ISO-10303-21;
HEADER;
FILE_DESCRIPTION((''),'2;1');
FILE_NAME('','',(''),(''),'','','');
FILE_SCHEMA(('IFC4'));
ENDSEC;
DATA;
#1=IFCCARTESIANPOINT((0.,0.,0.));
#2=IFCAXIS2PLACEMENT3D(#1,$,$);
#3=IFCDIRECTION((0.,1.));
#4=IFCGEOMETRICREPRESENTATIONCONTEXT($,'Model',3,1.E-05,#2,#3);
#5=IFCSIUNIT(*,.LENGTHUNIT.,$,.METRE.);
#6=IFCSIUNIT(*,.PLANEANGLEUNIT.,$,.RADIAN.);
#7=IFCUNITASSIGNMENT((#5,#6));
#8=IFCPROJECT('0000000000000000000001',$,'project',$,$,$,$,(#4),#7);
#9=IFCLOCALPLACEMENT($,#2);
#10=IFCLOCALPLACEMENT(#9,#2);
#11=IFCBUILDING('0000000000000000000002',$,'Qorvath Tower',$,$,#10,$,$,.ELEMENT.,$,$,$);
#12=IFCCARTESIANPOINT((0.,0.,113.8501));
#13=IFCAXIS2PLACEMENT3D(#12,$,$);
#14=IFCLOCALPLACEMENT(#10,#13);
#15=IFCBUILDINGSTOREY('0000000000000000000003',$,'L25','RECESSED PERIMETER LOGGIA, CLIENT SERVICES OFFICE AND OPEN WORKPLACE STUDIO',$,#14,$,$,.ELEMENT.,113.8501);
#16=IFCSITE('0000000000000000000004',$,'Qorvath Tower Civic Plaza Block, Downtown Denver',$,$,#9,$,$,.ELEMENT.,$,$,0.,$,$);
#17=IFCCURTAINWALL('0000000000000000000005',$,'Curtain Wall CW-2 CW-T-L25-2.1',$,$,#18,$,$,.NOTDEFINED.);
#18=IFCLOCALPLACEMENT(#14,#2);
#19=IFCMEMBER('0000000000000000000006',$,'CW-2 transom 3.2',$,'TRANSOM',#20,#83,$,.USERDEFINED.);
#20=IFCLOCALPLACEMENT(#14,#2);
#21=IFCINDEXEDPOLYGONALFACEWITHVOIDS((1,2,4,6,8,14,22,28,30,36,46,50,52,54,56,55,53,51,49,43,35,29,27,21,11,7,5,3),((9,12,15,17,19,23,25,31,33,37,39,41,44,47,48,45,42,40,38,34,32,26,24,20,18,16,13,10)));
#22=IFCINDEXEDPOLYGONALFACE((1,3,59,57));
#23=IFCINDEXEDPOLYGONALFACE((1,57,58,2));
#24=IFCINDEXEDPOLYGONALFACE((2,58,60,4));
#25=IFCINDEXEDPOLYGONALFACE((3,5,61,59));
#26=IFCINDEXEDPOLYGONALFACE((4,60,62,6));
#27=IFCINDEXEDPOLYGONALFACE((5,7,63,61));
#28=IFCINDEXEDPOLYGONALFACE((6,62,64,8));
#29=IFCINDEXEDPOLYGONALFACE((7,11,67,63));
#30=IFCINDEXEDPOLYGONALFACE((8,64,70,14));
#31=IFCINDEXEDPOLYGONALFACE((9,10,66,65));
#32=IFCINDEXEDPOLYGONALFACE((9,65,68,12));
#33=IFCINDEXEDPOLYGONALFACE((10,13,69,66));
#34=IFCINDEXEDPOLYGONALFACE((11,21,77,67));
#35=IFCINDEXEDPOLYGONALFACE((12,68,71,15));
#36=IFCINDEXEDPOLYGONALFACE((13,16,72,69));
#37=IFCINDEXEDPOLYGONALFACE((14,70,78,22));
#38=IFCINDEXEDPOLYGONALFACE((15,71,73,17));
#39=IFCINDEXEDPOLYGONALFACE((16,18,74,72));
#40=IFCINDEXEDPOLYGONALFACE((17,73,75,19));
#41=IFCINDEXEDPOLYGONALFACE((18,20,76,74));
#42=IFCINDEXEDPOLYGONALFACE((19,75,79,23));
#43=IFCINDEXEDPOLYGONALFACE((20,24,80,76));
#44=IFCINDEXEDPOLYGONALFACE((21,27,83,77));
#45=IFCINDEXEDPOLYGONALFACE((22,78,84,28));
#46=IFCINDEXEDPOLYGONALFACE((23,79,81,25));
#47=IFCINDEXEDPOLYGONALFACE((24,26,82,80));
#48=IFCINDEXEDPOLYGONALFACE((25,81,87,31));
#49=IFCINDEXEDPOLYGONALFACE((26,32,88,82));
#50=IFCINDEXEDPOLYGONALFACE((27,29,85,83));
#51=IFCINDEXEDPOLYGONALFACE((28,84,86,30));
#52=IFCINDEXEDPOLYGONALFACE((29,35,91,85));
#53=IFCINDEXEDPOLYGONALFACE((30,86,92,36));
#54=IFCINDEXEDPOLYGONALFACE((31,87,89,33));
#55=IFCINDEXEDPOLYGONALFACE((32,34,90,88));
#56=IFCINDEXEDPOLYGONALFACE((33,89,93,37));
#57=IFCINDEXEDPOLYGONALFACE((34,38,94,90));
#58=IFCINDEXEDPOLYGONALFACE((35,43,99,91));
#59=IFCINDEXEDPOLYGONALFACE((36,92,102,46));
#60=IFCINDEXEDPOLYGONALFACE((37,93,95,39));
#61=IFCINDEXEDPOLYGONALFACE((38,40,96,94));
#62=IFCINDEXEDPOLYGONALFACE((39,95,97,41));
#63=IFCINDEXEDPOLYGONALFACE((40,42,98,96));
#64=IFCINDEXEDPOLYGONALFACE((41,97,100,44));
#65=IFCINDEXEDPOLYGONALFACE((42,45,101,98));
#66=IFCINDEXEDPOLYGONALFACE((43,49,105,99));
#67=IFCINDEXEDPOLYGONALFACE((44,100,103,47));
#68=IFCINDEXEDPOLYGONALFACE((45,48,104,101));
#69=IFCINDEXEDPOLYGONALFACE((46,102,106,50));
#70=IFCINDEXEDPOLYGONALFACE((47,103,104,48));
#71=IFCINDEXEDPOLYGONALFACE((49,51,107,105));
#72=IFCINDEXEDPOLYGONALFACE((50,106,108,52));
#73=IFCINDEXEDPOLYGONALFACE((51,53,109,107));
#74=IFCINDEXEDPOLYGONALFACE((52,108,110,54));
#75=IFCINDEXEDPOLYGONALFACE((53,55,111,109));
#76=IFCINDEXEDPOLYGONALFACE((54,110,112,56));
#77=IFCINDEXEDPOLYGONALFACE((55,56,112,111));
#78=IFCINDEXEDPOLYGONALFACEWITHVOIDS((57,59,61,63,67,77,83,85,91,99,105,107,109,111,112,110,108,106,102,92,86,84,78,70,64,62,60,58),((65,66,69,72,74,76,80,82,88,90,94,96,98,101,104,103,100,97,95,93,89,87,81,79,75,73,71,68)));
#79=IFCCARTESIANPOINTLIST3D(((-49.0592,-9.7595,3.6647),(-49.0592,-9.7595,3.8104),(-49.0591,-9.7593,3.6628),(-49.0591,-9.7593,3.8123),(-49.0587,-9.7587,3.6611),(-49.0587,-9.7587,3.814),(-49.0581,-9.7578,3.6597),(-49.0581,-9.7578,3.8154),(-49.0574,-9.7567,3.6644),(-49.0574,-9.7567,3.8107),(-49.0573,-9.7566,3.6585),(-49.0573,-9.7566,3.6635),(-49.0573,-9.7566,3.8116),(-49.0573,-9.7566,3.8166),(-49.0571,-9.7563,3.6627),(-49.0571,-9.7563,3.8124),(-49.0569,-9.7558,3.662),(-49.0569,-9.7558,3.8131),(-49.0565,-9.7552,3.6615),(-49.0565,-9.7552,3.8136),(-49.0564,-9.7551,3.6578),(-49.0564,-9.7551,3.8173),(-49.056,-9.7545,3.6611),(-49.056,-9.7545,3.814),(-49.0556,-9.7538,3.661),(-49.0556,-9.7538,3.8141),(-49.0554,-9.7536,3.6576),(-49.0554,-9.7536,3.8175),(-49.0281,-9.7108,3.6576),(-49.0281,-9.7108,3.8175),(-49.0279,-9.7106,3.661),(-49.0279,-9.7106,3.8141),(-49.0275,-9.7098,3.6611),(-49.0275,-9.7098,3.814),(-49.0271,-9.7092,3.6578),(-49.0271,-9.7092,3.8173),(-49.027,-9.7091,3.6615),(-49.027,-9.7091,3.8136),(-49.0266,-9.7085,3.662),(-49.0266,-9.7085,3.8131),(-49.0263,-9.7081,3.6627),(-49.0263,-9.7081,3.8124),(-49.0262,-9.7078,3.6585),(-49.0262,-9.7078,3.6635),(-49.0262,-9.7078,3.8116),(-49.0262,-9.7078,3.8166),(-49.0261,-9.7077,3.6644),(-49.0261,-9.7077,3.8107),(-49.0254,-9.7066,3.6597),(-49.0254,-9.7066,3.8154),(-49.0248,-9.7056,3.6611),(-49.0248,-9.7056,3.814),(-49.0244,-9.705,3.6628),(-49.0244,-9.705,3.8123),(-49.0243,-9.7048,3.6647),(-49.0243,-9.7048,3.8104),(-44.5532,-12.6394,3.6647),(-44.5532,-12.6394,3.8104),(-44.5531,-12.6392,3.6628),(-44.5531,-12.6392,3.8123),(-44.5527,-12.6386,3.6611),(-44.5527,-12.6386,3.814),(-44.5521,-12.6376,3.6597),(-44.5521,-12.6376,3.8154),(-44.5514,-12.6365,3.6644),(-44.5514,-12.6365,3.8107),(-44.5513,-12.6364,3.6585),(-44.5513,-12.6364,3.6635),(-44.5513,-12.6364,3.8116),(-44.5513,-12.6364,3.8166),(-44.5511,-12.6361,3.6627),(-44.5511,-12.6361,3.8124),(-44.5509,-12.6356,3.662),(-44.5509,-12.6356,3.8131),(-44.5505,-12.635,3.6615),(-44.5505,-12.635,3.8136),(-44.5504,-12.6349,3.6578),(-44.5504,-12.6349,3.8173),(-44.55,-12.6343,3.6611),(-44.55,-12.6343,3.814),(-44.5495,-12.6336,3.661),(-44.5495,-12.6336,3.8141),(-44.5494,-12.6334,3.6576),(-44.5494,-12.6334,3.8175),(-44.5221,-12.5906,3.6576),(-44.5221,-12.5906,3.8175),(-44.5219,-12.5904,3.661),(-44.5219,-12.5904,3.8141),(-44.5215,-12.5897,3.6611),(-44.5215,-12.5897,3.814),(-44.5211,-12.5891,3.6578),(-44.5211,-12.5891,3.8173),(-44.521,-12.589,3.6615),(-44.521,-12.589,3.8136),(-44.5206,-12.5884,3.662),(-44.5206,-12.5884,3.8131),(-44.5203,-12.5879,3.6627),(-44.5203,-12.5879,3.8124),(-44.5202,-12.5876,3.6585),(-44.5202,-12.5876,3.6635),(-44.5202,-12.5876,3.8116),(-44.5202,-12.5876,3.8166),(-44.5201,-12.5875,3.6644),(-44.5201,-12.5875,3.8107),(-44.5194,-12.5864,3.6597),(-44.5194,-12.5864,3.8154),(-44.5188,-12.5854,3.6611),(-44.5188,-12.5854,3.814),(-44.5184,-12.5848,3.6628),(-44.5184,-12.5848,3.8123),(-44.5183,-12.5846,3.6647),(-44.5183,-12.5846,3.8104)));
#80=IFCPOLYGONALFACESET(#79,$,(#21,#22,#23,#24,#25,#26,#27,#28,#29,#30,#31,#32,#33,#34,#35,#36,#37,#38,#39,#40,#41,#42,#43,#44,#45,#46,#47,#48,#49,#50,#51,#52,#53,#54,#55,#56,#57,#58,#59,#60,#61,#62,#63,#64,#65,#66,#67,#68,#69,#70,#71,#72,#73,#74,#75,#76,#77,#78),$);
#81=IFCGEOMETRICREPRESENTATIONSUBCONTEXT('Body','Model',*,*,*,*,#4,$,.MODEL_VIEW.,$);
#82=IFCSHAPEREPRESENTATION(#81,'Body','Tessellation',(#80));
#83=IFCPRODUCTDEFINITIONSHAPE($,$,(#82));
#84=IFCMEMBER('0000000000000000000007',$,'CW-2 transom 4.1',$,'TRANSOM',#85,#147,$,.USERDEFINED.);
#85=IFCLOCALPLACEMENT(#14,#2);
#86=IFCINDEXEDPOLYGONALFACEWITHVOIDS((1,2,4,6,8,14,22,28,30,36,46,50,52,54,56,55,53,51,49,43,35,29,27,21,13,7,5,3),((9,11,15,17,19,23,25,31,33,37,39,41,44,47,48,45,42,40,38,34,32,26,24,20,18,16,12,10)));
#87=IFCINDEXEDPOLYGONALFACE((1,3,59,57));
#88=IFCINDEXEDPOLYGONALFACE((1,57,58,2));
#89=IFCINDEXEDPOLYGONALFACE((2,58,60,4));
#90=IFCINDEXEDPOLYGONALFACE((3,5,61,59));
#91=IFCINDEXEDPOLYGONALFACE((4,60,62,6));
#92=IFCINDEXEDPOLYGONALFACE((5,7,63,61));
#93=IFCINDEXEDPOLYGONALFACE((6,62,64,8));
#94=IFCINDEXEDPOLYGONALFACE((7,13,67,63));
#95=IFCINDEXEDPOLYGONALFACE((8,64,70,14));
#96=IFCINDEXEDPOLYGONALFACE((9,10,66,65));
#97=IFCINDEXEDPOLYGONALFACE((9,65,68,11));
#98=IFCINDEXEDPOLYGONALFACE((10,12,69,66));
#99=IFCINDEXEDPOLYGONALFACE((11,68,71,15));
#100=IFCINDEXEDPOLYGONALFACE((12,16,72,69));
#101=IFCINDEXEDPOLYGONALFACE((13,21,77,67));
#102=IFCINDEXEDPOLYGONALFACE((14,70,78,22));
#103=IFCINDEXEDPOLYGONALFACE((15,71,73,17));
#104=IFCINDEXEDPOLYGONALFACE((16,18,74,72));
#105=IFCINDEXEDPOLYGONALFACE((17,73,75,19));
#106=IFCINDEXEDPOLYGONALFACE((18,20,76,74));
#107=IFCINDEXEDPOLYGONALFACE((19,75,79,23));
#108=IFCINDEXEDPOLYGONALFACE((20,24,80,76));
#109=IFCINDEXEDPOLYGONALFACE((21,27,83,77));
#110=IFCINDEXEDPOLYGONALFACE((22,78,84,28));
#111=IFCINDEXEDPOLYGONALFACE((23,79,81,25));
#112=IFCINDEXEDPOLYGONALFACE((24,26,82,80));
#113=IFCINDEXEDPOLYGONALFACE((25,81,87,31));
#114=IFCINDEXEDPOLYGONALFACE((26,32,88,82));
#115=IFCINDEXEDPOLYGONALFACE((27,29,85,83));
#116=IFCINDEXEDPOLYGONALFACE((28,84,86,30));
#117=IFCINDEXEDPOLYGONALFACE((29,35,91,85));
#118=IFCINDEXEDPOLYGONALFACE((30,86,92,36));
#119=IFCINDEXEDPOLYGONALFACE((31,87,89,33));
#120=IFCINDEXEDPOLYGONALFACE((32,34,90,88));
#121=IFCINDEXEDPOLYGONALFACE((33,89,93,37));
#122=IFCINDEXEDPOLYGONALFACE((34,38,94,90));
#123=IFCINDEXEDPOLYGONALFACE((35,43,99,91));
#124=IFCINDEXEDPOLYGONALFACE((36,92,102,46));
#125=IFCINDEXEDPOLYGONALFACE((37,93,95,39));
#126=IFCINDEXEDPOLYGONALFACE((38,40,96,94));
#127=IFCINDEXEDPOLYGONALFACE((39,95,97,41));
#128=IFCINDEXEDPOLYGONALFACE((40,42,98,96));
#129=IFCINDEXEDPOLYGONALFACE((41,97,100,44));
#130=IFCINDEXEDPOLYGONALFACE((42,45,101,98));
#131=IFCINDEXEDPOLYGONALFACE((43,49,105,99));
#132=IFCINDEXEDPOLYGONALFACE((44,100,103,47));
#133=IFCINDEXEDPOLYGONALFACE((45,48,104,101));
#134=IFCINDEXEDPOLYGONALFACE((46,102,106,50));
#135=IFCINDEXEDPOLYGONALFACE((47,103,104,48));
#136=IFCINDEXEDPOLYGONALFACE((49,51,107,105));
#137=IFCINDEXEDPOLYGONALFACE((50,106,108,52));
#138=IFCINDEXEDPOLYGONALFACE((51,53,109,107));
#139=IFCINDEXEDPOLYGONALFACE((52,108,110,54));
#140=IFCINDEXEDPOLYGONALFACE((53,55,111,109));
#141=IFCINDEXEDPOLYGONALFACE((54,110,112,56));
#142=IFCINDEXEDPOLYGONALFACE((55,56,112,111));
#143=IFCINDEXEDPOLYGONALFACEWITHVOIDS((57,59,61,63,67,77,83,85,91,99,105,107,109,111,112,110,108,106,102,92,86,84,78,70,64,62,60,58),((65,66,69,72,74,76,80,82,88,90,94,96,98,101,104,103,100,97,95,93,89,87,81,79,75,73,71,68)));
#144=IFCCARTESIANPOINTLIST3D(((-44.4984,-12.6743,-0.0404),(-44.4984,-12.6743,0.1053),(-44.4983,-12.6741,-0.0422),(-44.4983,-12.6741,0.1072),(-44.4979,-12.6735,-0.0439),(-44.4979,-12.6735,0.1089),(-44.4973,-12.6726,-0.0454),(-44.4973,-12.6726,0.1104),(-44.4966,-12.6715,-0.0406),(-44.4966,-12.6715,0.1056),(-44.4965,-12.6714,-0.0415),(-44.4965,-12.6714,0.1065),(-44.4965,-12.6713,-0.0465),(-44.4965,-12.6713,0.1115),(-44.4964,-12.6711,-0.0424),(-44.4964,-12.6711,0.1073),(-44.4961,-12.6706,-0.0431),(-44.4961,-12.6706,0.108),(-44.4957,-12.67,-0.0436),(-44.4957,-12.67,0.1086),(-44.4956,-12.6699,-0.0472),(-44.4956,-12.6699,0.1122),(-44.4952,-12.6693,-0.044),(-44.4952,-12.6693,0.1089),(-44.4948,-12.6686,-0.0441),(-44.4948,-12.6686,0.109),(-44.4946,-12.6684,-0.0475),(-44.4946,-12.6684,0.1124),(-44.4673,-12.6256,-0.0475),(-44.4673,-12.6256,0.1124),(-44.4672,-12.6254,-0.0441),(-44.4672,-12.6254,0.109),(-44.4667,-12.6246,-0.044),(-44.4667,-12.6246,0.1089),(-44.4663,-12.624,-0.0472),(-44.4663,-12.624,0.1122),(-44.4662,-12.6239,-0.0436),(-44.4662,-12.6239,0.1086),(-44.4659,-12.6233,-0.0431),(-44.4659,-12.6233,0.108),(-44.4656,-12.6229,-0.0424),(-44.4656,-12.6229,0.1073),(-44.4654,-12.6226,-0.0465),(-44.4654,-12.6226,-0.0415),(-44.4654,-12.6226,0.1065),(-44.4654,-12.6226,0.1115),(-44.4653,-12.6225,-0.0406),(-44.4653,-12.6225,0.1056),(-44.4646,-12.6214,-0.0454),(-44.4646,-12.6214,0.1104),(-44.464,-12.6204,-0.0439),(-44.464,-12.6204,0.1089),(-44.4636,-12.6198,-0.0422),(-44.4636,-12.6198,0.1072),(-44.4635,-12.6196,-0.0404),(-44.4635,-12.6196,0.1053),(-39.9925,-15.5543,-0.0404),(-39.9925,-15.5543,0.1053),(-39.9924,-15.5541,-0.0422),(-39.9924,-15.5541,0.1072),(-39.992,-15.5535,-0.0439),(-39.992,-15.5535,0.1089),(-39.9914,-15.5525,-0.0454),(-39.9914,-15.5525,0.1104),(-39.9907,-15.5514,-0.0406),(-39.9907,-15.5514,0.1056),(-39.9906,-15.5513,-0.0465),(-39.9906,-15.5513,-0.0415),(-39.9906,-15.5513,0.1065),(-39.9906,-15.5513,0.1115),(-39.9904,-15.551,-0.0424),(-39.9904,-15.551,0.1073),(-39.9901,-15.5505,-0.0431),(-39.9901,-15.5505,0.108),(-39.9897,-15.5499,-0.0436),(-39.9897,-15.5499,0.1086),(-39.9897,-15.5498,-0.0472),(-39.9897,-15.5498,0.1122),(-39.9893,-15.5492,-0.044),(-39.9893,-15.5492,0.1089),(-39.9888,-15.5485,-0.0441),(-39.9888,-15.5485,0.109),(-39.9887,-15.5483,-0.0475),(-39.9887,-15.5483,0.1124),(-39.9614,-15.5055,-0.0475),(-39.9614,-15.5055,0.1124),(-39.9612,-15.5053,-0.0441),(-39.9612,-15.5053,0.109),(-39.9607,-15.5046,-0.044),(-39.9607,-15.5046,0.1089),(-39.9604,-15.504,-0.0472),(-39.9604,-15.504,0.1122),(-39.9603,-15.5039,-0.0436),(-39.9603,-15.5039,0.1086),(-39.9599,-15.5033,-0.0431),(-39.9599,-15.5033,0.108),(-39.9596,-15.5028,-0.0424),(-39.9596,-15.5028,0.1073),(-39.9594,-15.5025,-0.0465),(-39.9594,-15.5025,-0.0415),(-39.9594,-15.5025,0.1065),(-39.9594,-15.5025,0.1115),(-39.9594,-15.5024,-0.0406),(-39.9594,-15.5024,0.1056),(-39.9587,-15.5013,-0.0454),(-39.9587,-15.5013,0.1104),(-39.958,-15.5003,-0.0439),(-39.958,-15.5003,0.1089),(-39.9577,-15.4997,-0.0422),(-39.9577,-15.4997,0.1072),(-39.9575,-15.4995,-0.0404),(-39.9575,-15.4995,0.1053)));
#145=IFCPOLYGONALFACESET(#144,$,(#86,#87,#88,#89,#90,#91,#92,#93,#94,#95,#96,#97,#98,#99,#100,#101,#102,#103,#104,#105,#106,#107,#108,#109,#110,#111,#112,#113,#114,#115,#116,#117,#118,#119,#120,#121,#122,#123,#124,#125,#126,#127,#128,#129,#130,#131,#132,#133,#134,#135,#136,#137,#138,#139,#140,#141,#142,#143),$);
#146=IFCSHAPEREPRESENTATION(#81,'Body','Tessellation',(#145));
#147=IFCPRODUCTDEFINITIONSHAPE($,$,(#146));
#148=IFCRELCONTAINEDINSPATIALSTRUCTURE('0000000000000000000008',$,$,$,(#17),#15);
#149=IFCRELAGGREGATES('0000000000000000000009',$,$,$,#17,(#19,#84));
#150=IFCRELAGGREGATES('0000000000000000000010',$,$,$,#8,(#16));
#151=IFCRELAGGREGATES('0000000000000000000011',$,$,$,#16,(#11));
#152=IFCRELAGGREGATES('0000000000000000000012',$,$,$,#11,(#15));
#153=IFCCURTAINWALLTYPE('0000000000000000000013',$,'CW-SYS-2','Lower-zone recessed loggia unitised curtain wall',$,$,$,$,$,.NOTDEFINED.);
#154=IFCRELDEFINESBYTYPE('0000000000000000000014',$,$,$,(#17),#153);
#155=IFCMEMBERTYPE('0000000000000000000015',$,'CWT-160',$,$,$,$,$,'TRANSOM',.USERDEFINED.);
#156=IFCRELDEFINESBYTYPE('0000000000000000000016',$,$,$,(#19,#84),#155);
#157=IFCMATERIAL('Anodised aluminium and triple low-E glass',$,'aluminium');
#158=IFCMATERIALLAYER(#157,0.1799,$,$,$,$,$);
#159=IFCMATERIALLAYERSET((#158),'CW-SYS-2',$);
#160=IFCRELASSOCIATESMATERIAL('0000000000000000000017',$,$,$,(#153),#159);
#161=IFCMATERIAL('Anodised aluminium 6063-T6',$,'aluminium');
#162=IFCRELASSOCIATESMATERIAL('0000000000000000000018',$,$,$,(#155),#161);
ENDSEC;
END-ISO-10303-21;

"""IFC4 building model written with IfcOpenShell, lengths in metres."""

from ifc_helpers import new_model, si_unit, direction, frame, origin, origin_2d, place, context, subcontext, project, spatial, hollow_rectangle, extrude, material, layer, layer_set, material_profile, profile_set, type_object, element, aggregate, save


model = new_model("IFC4")

# Units and contexts
model_context = context("Model", 3, precision=1e-05, world=origin(), true_north=direction((0.0, 1.0)))
body_context = subcontext(model_context, "Body", "Model", "MODEL_VIEW")
ifc_project = project(units=[si_unit("LENGTHUNIT", "METRE"), si_unit("PLANEANGLEUNIT", "RADIAN")], contexts=[model_context])

# Site, building, storey
site_placement = place(None, origin())
site = spatial("IfcSite", under=ifc_project, at=site_placement, Name="Qorvath Tower Civic Plaza Block, Downtown Denver", CompositionType="ELEMENT", RefElevation=0.0)
building_placement = place(site_placement, origin())
building = spatial("IfcBuilding", under=site, at=building_placement, Name="Qorvath Tower", CompositionType="ELEMENT")
storey_placement = place(building_placement, frame((0.0, 0.0, 113.8501)))
storey = spatial("IfcBuildingStorey", under=building, at=storey_placement, Name="L25", Description="RECESSED PERIMETER LOGGIA, CLIENT SERVICES OFFICE AND OPEN WORKPLACE STUDIO", CompositionType="ELEMENT", Elevation=113.8501)

# Curtain wall, members
ifc_material_1 = material(Name="Anodised aluminium and triple low-E glass", Category="aluminium")
ifc_layer_1 = layer(ifc_material_1, 0.1799)
ifc_layer_set_1 = layer_set([ifc_layer_1], Name="CW-SYS-2")
curtain_wall_type = type_object("IfcCurtainWallType", Name="CW-SYS-2", Description="Lower-zone recessed loggia unitised curtain wall", PredefinedType="NOTDEFINED", material=ifc_layer_set_1)
curtain_wall_placement = place(storey_placement, origin())
curtain_wall = element("IfcCurtainWall", 1, at=curtain_wall_placement, inside=storey, type_object=curtain_wall_type, Name="Curtain Wall CW-2 CW-T-L25-2.1", PredefinedType="NOTDEFINED")
ifc_material_2 = material(Name="Anodised aluminium 6063-T6", Category="aluminium")
ifc_material_profile_1 = material_profile(ifc_material_2, hollow_rectangle(XDim=0.0649, YDim=0.1599, WallThickness=0.0034, InnerFilletRadius=0.0034, OuterFilletRadius=0.0071, at=origin_2d()), Name="CWT 160x65")
ifc_profile_set_1 = profile_set([ifc_material_profile_1], Name="Anodised aluminium 6063-T6")
member_type_1 = type_object("IfcMemberType", Name="CWT-160", ElementType="TRANSOM", PredefinedType="USERDEFINED", material=ifc_profile_set_1)
member_1_placement = place(storey_placement, frame((-49.0417, -9.7322, 3.7375), z_axis=(0.842613, -0.53852, 0.0), x_axis=(0.53852, 0.842613, 0.0)))
member_1 = element("IfcMember", 2, at=member_1_placement, type_object=member_type_1, Name="CW-2 transom 3.2", ObjectType="TRANSOM", PredefinedType="USERDEFINED", context=body_context, shape_type="SweptSolid", body=[
    extrude(hollow_rectangle(XDim=0.0649, YDim=0.1599, WallThickness=0.0034, InnerFilletRadius=0.0034, OuterFilletRadius=0.0071, at=origin_2d()), origin(), (0.0, 0.0, 1.0), 5.3477),
])
member_2_placement = place(storey_placement, frame((-44.481, -12.647, 0.0325), z_axis=(0.8426, -0.538541, 0.0), x_axis=(0.538541, 0.8426, 0.0)))
member_2 = element("IfcMember", 3, at=member_2_placement, type_object=member_type_1, Name="CW-2 transom 4.1", ObjectType="TRANSOM", PredefinedType="USERDEFINED", context=body_context, shape_type="SweptSolid", body=[
    extrude(hollow_rectangle(XDim=0.0649, YDim=0.1599, WallThickness=0.0034, InnerFilletRadius=0.0034, OuterFilletRadius=0.0071, at=origin_2d()), origin(), (0.0, 0.0, 1.0), 5.3477),
])
aggregate(curtain_wall, [member_1, member_2])

save(model, "model.ifc")
